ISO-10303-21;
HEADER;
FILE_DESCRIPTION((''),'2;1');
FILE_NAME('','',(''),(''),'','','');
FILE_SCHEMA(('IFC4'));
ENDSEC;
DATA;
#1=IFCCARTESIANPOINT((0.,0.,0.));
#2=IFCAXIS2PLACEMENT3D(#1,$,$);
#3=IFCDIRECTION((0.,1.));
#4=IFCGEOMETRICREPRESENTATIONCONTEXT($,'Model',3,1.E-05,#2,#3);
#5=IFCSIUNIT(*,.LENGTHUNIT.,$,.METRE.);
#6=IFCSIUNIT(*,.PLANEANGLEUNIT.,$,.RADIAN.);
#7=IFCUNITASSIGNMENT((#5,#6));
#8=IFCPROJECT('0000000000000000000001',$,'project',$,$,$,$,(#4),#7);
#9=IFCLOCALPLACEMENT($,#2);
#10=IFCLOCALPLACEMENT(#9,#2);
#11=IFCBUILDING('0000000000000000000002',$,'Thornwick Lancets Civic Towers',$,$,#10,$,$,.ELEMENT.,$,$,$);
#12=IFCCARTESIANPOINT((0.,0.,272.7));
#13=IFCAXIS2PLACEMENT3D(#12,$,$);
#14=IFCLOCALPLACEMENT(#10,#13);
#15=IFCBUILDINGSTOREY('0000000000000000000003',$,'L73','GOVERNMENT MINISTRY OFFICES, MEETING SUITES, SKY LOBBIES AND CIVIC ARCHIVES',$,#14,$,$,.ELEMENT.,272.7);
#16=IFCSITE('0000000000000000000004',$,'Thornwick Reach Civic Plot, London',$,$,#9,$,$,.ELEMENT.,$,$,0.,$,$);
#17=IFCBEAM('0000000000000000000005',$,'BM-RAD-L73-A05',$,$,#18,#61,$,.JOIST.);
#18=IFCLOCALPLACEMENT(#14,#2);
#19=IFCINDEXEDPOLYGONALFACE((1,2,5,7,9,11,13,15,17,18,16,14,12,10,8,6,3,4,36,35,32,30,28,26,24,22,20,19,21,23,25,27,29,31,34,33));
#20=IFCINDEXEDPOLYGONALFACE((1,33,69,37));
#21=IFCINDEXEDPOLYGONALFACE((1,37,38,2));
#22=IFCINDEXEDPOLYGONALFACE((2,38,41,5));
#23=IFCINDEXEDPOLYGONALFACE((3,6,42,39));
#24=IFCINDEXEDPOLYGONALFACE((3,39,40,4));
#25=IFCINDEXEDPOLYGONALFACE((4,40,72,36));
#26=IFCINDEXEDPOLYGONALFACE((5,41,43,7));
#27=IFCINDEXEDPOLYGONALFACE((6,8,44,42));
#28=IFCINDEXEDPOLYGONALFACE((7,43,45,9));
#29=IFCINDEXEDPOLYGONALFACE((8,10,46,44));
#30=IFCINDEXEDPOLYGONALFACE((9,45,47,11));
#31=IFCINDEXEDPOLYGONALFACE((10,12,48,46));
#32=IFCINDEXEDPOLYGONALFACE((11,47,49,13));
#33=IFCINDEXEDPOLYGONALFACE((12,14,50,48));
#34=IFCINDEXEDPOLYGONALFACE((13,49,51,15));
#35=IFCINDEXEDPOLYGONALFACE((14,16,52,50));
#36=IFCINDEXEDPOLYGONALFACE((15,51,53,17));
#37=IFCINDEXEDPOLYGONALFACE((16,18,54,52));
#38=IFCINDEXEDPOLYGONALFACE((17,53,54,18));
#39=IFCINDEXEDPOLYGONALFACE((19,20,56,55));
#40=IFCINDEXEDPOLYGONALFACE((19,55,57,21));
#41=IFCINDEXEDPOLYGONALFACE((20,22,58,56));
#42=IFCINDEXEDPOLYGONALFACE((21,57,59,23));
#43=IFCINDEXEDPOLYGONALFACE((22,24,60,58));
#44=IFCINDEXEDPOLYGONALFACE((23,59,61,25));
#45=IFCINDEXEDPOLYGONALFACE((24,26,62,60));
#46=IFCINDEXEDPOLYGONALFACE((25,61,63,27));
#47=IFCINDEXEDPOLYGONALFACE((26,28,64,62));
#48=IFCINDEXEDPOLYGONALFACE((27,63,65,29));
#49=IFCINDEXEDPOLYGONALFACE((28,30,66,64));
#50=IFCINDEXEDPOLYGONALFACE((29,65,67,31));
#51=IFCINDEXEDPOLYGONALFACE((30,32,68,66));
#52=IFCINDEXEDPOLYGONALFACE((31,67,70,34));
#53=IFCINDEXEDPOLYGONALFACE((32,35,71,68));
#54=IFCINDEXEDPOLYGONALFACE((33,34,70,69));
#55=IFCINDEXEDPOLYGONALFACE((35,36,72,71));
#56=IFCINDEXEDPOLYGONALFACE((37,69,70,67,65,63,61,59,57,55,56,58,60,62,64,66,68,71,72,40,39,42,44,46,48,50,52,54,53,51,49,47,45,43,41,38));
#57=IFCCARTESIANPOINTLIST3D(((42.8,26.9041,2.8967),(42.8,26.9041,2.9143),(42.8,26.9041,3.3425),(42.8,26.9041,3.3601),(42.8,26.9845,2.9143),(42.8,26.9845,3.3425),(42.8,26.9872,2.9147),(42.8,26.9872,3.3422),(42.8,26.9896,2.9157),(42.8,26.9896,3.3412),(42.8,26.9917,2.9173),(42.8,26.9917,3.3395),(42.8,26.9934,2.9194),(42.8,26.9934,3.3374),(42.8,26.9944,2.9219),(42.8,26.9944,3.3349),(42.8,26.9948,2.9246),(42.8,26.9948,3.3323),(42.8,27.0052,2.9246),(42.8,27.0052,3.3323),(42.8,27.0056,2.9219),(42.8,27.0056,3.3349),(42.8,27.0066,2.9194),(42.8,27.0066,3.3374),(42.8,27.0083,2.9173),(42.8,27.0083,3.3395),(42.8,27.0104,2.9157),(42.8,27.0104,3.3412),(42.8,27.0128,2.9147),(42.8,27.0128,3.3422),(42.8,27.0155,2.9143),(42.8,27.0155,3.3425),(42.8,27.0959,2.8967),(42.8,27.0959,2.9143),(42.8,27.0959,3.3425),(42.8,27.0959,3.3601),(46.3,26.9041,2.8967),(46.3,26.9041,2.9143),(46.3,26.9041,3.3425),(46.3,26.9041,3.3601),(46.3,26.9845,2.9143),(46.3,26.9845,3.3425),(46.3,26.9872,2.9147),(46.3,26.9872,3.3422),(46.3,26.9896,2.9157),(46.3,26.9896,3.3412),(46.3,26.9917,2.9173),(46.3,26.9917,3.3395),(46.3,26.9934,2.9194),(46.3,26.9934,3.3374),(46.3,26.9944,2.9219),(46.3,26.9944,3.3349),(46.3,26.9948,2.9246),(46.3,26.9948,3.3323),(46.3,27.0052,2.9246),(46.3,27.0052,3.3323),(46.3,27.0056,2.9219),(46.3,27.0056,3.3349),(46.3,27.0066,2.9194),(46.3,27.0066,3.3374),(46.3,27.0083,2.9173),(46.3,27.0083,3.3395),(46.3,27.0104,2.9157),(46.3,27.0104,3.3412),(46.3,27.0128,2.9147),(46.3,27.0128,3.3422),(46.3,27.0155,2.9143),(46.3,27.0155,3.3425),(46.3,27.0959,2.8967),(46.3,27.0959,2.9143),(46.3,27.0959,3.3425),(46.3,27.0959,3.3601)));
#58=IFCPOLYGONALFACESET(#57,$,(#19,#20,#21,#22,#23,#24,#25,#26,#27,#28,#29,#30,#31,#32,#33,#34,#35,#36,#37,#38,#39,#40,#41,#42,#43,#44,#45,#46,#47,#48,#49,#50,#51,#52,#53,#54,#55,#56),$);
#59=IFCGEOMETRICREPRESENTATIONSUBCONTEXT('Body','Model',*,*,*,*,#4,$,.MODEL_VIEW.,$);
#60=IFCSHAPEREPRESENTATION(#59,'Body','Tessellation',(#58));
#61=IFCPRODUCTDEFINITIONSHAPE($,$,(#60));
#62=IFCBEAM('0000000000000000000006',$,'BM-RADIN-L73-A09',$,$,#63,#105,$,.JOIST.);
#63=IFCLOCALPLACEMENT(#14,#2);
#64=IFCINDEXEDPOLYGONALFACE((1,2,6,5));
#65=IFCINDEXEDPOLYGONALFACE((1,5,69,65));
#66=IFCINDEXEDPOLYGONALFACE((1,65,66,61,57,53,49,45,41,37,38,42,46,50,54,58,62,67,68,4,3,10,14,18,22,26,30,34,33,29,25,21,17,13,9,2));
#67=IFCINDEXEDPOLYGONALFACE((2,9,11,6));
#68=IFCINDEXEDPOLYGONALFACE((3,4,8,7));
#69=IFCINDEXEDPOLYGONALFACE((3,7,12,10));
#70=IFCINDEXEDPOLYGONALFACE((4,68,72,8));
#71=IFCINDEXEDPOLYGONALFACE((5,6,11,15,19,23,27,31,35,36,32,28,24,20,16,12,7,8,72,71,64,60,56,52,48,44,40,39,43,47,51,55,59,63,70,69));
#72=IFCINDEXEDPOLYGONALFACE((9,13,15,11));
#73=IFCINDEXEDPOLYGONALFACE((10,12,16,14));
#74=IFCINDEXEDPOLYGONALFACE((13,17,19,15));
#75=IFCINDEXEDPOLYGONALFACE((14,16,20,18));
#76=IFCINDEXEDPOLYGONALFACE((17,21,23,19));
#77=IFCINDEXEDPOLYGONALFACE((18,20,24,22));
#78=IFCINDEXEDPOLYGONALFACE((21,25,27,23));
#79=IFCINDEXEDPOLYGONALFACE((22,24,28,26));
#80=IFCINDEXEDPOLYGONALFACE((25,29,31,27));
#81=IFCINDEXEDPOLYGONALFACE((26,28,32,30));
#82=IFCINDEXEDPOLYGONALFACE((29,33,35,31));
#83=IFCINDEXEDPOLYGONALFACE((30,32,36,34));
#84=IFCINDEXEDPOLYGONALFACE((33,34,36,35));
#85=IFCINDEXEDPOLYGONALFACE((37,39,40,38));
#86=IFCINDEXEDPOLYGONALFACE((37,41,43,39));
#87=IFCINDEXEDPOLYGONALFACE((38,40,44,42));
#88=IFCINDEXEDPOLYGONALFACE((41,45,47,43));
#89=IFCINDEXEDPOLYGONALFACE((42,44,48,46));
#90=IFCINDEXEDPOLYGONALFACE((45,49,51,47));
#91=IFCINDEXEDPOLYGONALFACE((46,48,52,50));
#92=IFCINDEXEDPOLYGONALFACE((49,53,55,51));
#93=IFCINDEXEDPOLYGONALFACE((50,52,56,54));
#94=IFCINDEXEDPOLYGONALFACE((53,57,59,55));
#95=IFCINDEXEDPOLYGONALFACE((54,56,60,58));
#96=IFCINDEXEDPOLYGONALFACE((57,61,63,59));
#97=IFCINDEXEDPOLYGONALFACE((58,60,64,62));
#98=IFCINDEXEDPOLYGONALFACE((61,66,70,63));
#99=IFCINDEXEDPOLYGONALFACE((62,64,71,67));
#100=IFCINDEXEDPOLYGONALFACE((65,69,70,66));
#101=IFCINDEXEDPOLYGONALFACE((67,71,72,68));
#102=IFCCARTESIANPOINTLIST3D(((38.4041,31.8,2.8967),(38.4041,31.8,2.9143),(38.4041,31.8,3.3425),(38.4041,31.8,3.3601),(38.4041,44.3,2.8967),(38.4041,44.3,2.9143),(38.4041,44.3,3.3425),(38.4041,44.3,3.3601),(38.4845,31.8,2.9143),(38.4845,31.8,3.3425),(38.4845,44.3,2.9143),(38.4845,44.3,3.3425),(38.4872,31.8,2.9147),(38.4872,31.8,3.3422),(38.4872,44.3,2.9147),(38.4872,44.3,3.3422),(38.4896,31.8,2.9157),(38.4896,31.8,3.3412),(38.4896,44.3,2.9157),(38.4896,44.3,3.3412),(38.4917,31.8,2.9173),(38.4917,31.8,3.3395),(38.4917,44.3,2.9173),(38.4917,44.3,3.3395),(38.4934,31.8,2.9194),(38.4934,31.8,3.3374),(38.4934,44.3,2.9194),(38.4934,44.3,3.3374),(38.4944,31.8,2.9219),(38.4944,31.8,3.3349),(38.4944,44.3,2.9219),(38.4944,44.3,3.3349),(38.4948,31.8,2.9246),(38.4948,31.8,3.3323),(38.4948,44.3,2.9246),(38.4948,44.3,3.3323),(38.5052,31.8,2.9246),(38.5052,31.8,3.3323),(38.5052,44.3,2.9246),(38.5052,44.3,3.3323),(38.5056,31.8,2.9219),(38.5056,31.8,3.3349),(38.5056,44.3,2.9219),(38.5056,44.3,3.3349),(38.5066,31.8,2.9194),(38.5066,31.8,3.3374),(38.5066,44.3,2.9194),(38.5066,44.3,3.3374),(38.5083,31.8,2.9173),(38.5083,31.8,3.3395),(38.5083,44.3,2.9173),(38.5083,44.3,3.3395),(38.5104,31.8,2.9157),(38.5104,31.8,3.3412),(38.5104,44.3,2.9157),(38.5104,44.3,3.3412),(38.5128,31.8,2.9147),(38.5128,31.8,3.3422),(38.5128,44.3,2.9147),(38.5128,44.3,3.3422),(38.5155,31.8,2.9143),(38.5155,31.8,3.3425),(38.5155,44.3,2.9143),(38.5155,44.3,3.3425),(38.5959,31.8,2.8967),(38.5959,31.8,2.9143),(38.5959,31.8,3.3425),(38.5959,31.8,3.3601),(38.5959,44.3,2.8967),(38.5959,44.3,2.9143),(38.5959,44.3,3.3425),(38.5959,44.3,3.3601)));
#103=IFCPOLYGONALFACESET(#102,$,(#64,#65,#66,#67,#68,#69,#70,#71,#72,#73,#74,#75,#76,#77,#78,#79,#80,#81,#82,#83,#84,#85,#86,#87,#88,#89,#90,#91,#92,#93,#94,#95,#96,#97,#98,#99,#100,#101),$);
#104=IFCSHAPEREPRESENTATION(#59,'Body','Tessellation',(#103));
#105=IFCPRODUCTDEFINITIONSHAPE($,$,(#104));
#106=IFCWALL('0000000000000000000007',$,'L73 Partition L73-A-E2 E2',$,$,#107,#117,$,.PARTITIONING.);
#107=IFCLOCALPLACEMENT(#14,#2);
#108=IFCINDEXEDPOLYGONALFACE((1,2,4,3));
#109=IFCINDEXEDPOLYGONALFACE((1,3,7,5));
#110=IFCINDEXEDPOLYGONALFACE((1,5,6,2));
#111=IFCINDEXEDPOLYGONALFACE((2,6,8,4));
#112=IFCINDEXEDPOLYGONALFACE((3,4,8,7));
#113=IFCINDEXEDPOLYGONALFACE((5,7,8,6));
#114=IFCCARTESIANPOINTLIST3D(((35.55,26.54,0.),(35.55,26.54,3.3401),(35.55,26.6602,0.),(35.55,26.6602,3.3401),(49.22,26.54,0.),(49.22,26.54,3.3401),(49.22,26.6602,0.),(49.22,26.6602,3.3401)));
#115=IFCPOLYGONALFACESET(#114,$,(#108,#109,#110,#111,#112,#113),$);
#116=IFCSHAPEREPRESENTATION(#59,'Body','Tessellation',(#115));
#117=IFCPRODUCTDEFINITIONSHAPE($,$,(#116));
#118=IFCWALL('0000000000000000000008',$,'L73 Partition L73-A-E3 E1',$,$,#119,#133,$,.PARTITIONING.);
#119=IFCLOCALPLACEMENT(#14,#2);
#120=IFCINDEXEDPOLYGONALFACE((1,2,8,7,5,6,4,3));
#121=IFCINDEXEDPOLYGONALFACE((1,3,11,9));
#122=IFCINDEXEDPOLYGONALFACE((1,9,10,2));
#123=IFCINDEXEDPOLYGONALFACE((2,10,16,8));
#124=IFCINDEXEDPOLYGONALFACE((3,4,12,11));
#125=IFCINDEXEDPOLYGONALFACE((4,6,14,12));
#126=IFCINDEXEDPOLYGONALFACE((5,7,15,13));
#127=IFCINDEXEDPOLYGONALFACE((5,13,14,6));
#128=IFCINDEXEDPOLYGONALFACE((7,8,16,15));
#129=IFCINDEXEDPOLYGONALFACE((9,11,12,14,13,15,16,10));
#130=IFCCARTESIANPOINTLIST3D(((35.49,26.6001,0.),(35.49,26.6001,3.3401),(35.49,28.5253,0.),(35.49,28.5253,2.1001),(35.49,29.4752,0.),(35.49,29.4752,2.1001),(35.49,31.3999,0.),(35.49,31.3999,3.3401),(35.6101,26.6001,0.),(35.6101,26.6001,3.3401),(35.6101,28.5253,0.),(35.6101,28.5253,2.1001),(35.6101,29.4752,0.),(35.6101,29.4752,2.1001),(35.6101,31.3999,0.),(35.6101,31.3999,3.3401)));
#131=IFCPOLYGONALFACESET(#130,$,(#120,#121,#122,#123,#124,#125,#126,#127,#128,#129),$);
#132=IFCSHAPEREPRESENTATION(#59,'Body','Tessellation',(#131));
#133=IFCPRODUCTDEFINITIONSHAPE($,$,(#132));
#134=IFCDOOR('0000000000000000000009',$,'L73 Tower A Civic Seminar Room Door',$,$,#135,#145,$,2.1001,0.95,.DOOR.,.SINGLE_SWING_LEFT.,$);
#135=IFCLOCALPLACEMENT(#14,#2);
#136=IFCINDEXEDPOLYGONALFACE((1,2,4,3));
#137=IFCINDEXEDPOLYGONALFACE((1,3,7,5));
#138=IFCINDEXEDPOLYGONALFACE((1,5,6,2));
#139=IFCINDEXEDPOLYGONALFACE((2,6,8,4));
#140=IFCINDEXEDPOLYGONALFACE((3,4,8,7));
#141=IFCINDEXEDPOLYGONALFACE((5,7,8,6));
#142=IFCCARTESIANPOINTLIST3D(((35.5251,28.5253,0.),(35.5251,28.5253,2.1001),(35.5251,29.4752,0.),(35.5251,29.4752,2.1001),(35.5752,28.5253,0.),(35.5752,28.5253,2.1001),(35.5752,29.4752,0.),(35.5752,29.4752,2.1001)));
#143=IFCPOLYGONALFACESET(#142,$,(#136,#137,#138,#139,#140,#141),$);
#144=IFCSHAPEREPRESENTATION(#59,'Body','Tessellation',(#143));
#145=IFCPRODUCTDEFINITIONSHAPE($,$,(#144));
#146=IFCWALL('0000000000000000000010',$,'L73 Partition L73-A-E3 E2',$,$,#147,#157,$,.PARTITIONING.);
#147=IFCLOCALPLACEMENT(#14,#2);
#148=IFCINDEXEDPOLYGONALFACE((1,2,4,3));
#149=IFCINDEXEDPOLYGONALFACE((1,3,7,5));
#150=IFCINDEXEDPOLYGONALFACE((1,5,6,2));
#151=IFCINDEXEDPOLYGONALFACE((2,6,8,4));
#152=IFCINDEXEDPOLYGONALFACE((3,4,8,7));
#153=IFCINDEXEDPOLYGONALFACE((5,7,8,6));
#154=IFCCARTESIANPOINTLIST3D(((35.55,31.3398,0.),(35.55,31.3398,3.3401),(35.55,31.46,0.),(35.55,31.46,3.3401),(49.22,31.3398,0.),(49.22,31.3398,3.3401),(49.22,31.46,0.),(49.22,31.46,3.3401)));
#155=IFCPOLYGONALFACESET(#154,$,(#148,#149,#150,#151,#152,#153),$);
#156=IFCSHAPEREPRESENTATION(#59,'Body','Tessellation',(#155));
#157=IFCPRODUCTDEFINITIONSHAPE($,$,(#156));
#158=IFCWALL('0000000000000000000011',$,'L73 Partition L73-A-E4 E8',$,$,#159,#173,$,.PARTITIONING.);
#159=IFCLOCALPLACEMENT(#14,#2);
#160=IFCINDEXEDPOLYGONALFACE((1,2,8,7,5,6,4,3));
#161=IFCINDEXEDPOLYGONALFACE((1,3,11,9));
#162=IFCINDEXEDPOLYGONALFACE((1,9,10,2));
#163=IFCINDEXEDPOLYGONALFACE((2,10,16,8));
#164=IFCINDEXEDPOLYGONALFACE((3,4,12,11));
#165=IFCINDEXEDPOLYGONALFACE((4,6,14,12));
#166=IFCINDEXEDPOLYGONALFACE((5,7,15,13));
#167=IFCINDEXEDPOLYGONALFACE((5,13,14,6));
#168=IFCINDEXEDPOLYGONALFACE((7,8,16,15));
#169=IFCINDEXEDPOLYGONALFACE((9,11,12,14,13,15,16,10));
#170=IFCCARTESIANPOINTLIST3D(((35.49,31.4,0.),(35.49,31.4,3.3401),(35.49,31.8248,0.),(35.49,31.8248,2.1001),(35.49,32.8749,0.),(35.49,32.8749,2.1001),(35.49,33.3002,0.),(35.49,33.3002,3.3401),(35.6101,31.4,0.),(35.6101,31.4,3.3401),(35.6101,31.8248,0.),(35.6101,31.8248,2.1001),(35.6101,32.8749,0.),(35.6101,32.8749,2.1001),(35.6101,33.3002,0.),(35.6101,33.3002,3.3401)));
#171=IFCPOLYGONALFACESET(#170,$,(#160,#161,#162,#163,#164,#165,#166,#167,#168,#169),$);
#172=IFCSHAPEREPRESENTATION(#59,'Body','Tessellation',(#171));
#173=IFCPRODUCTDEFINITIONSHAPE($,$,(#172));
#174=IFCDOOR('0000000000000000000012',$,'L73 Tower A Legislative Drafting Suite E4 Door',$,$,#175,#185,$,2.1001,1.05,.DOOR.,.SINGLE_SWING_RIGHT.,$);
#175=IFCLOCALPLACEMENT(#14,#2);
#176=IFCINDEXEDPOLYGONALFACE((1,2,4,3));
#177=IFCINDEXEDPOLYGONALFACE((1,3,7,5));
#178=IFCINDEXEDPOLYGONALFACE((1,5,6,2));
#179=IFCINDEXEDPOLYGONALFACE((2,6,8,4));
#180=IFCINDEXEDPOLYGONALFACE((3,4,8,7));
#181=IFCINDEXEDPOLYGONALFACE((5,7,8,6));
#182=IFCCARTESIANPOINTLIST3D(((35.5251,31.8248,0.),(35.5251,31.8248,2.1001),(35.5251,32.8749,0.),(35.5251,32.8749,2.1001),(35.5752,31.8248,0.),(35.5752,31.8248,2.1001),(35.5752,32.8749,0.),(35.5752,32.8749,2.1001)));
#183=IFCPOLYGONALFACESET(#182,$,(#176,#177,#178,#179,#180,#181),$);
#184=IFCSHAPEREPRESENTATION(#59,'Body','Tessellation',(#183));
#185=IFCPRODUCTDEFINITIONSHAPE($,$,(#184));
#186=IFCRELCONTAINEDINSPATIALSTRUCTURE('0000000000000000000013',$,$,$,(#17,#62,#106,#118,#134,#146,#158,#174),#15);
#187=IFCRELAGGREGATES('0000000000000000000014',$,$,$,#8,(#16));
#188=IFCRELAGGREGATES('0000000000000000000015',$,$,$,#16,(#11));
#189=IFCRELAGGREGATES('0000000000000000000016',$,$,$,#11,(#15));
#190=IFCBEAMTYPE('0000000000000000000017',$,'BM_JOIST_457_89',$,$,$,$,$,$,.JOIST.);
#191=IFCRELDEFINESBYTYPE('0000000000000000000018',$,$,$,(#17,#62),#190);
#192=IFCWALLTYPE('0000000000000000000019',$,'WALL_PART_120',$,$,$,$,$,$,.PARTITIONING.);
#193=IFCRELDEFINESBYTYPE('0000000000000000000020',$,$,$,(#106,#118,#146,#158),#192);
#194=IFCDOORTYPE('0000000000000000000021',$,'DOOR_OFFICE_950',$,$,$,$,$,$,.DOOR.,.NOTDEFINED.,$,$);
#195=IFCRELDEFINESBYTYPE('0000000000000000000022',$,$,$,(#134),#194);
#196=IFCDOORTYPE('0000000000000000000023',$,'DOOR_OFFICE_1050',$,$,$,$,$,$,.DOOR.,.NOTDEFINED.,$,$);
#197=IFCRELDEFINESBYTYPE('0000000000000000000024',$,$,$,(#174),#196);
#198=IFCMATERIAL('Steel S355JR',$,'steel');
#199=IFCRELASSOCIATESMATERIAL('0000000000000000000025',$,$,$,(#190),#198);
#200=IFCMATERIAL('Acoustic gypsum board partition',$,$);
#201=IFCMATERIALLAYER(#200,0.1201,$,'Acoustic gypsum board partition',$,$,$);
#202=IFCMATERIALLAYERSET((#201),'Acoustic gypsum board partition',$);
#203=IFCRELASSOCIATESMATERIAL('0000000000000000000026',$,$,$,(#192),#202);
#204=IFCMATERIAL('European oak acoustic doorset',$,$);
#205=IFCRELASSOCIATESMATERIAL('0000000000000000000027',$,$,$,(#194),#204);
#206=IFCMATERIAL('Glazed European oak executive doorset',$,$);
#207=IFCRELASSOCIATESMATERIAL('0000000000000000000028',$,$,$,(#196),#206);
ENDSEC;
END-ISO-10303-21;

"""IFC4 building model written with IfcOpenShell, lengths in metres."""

from ifc_helpers import new_model, si_unit, direction, frame, frame_2d, origin, origin_2d, place, context, subcontext, project, spatial, rectangle, i_section, extrude, material, layer, layer_set, material_profile, profile_set, type_object, element, fill, save


model = new_model("IFC4")

# Units and contexts
model_context = context("Model", 3, precision=1e-05, world=origin(), true_north=direction((0.0, 1.0)))
body_context = subcontext(model_context, "Body", "Model", "MODEL_VIEW")
ifc_project = project(units=[si_unit("LENGTHUNIT", "METRE"), si_unit("PLANEANGLEUNIT", "RADIAN")], contexts=[model_context])

# Site, building, storey
site_placement = place(None, origin())
site = spatial("IfcSite", under=ifc_project, at=site_placement, Name="Thornwick Reach Civic Plot, London", CompositionType="ELEMENT", RefElevation=0.0)
building_placement = place(site_placement, origin())
building = spatial("IfcBuilding", under=site, at=building_placement, Name="Thornwick Lancets Civic Towers", CompositionType="ELEMENT")
storey_placement = place(building_placement, frame((0.0, 0.0, 272.7)))
storey = spatial("IfcBuildingStorey", under=building, at=storey_placement, Name="L73", Description="GOVERNMENT MINISTRY OFFICES, MEETING SUITES, SKY LOBBIES AND CIVIC ARCHIVES", CompositionType="ELEMENT", Elevation=272.7)

# Shared definitions
ifc_material_1 = material(Name="Steel S355JR", Category="steel")

# Beams
ifc_material_profile_1 = material_profile(ifc_material_1, i_section(OverallWidth=0.1919, OverallDepth=0.4634, WebThickness=0.0105, FlangeThickness=0.0176, FilletRadius=0.0103, at=origin_2d()), Name="UKB 457x191x89")
ifc_profile_set_1 = profile_set([ifc_material_profile_1], Name="Steel S355JR")
beam_type_1 = type_object("IfcBeamType", Name="BM_JOIST_457_89", PredefinedType="JOIST", material=ifc_profile_set_1)
beam_1_placement = place(storey_placement, frame((42.8, 27.0, 3.1284), z_axis=(1.0, 0.0, 0.0), x_axis=(0.0, 1.0, 0.0)))
element("IfcBeam", 1, at=beam_1_placement, inside=storey, type_object=beam_type_1, Name="BM-RAD-L73-A05", PredefinedType="JOIST", context=body_context, shape_type="SweptSolid", body=[
    extrude(i_section(OverallWidth=0.1919, OverallDepth=0.4634, WebThickness=0.0105, FlangeThickness=0.0176, FilletRadius=0.0103, at=origin_2d()), origin(), (0.0, 0.0, 1.0), 3.5),
])
beam_2_placement = place(storey_placement, frame((38.5, 31.8, 3.1284), z_axis=(0.0, 1.0, 0.0), x_axis=(-1.0, 0.0, 0.0)))
element("IfcBeam", 2, at=beam_2_placement, inside=storey, type_object=beam_type_1, Name="BM-RADIN-L73-A09", PredefinedType="JOIST", context=body_context, shape_type="SweptSolid", body=[
    extrude(i_section(OverallWidth=0.1919, OverallDepth=0.4634, WebThickness=0.0105, FlangeThickness=0.0176, FilletRadius=0.0103, at=origin_2d()), origin(), (0.0, 0.0, 1.0), 12.5),
])

# Wall
ifc_material_2 = material(Name="Acoustic gypsum board partition")
ifc_layer_1 = layer(ifc_material_2, 0.1201, Name="Acoustic gypsum board partition")
ifc_layer_set_1 = layer_set([ifc_layer_1], Name="Acoustic gypsum board partition")
wall_type_1 = type_object("IfcWallType", Name="WALL_PART_120", PredefinedType="PARTITIONING", material=ifc_layer_set_1)
wall_1_placement = place(storey_placement, frame((35.55, 26.6001, 0.0), z_axis=(0.0, 0.0, 1.0), x_axis=(1.0, 0.0, 0.0)))
element("IfcWall", 3, at=wall_1_placement, inside=storey, type_object=wall_type_1, Name="L73 Partition L73-A-E2 E2", PredefinedType="PARTITIONING", context=body_context, shape_type="SweptSolid", body=[
    extrude(rectangle(XDim=13.6699, YDim=0.1201, at=frame_2d((6.835, 0.0))), origin(), (0.0, 0.0, 1.0), 3.3401),
])

# Wall, opening, door
wall_2_placement = place(storey_placement, frame((35.55, 26.6001, 0.0), z_axis=(0.0, 0.0, 1.0), x_axis=(0.0, 1.0, 0.0)))
wall_2 = element("IfcWall", 4, at=wall_2_placement, inside=storey, type_object=wall_type_1, Name="L73 Partition L73-A-E3 E1", PredefinedType="PARTITIONING", context=body_context, shape_type="SweptSolid", body=[
    extrude(rectangle(XDim=4.7998, YDim=0.1201, at=frame_2d((2.3999, 0.0))), origin(), (0.0, 0.0, 1.0), 3.3401),
])
opening_1_placement = place(wall_2_placement, frame((1.925, 0.0, 0.0)))
opening_1 = element("IfcOpeningElement", 5, at=opening_1_placement, cuts=wall_2, PredefinedType="OPENING", context=body_context, shape_type="SweptSolid", body=[
    extrude(rectangle(XDim=0.95, YDim=2.1001, at=frame_2d((0.4751, 1.05))), frame((0.0, 0.0701, 0.0), z_axis=(0.0, -1.0, 0.0), x_axis=(1.0, 0.0, 0.0)), (0.0, 0.0, 1.0), 0.1401),
])
ifc_material_3 = material(Name="European oak acoustic doorset")
door_type_1 = type_object("IfcDoorType", Name="DOOR_OFFICE_950", OperationType="NOTDEFINED", PredefinedType="DOOR", material=ifc_material_3)
door_1_placement = place(opening_1_placement, origin())
door_1 = element("IfcDoor", 6, at=door_1_placement, inside=storey, type_object=door_type_1, Name="L73 Tower A Civic Seminar Room Door", OperationType="SINGLE_SWING_LEFT", OverallHeight=2.1001, OverallWidth=0.95, PredefinedType="DOOR", context=body_context, shape_type="SweptSolid", body=[
    extrude(rectangle(XDim=0.95, YDim=2.1001, at=frame_2d((0.4751, 1.05))), frame((0.0, 0.0249, 0.0), z_axis=(0.0, -1.0, 0.0), x_axis=(1.0, 0.0, 0.0)), (0.0, 0.0, 1.0), 0.05),
])
fill(opening_1, door_1)

# Wall
wall_3_placement = place(storey_placement, frame((35.55, 31.3999, 0.0), z_axis=(0.0, 0.0, 1.0), x_axis=(1.0, 0.0, 0.0)))
element("IfcWall", 7, at=wall_3_placement, inside=storey, type_object=wall_type_1, Name="L73 Partition L73-A-E3 E2", PredefinedType="PARTITIONING", context=body_context, shape_type="SweptSolid", body=[
    extrude(rectangle(XDim=13.6699, YDim=0.1201, at=frame_2d((6.835, 0.0))), origin(), (0.0, 0.0, 1.0), 3.3401),
])

# Wall, opening, door
wall_4_placement = place(storey_placement, frame((35.55, 31.3999, 0.0), z_axis=(0.0, 0.0, 1.0), x_axis=(0.0, 1.0, 0.0)))
wall_4 = element("IfcWall", 8, at=wall_4_placement, inside=storey, type_object=wall_type_1, Name="L73 Partition L73-A-E4 E8", PredefinedType="PARTITIONING", context=body_context, shape_type="SweptSolid", body=[
    extrude(rectangle(XDim=1.9001, YDim=0.1201, at=frame_2d((0.9502, 0.0))), origin(), (0.0, 0.0, 1.0), 3.3401),
])
opening_2_placement = place(wall_4_placement, frame((0.425, 0.0, 0.0)))
opening_2 = element("IfcOpeningElement", 9, at=opening_2_placement, cuts=wall_4, PredefinedType="OPENING", context=body_context, shape_type="SweptSolid", body=[
    extrude(rectangle(XDim=1.05, YDim=2.1001, at=frame_2d((0.5249, 1.05))), frame((0.0, 0.0701, 0.0), z_axis=(0.0, -1.0, 0.0), x_axis=(1.0, 0.0, 0.0)), (0.0, 0.0, 1.0), 0.1401),
])
ifc_material_4 = material(Name="Glazed European oak executive doorset")
door_type_2 = type_object("IfcDoorType", Name="DOOR_OFFICE_1050", OperationType="NOTDEFINED", PredefinedType="DOOR", material=ifc_material_4)
door_2_placement = place(opening_2_placement, origin())
door_2 = element("IfcDoor", 10, at=door_2_placement, inside=storey, type_object=door_type_2, Name="L73 Tower A Legislative Drafting Suite E4 Door", OperationType="SINGLE_SWING_RIGHT", OverallHeight=2.1001, OverallWidth=1.05, PredefinedType="DOOR", context=body_context, shape_type="SweptSolid", body=[
    extrude(rectangle(XDim=1.05, YDim=2.1001, at=frame_2d((0.5249, 1.05))), frame((0.0, 0.0249, 0.0), z_axis=(0.0, -1.0, 0.0), x_axis=(1.0, 0.0, 0.0)), (0.0, 0.0, 1.0), 0.05),
])
fill(opening_2, door_2)

save(model, "model.ifc")
